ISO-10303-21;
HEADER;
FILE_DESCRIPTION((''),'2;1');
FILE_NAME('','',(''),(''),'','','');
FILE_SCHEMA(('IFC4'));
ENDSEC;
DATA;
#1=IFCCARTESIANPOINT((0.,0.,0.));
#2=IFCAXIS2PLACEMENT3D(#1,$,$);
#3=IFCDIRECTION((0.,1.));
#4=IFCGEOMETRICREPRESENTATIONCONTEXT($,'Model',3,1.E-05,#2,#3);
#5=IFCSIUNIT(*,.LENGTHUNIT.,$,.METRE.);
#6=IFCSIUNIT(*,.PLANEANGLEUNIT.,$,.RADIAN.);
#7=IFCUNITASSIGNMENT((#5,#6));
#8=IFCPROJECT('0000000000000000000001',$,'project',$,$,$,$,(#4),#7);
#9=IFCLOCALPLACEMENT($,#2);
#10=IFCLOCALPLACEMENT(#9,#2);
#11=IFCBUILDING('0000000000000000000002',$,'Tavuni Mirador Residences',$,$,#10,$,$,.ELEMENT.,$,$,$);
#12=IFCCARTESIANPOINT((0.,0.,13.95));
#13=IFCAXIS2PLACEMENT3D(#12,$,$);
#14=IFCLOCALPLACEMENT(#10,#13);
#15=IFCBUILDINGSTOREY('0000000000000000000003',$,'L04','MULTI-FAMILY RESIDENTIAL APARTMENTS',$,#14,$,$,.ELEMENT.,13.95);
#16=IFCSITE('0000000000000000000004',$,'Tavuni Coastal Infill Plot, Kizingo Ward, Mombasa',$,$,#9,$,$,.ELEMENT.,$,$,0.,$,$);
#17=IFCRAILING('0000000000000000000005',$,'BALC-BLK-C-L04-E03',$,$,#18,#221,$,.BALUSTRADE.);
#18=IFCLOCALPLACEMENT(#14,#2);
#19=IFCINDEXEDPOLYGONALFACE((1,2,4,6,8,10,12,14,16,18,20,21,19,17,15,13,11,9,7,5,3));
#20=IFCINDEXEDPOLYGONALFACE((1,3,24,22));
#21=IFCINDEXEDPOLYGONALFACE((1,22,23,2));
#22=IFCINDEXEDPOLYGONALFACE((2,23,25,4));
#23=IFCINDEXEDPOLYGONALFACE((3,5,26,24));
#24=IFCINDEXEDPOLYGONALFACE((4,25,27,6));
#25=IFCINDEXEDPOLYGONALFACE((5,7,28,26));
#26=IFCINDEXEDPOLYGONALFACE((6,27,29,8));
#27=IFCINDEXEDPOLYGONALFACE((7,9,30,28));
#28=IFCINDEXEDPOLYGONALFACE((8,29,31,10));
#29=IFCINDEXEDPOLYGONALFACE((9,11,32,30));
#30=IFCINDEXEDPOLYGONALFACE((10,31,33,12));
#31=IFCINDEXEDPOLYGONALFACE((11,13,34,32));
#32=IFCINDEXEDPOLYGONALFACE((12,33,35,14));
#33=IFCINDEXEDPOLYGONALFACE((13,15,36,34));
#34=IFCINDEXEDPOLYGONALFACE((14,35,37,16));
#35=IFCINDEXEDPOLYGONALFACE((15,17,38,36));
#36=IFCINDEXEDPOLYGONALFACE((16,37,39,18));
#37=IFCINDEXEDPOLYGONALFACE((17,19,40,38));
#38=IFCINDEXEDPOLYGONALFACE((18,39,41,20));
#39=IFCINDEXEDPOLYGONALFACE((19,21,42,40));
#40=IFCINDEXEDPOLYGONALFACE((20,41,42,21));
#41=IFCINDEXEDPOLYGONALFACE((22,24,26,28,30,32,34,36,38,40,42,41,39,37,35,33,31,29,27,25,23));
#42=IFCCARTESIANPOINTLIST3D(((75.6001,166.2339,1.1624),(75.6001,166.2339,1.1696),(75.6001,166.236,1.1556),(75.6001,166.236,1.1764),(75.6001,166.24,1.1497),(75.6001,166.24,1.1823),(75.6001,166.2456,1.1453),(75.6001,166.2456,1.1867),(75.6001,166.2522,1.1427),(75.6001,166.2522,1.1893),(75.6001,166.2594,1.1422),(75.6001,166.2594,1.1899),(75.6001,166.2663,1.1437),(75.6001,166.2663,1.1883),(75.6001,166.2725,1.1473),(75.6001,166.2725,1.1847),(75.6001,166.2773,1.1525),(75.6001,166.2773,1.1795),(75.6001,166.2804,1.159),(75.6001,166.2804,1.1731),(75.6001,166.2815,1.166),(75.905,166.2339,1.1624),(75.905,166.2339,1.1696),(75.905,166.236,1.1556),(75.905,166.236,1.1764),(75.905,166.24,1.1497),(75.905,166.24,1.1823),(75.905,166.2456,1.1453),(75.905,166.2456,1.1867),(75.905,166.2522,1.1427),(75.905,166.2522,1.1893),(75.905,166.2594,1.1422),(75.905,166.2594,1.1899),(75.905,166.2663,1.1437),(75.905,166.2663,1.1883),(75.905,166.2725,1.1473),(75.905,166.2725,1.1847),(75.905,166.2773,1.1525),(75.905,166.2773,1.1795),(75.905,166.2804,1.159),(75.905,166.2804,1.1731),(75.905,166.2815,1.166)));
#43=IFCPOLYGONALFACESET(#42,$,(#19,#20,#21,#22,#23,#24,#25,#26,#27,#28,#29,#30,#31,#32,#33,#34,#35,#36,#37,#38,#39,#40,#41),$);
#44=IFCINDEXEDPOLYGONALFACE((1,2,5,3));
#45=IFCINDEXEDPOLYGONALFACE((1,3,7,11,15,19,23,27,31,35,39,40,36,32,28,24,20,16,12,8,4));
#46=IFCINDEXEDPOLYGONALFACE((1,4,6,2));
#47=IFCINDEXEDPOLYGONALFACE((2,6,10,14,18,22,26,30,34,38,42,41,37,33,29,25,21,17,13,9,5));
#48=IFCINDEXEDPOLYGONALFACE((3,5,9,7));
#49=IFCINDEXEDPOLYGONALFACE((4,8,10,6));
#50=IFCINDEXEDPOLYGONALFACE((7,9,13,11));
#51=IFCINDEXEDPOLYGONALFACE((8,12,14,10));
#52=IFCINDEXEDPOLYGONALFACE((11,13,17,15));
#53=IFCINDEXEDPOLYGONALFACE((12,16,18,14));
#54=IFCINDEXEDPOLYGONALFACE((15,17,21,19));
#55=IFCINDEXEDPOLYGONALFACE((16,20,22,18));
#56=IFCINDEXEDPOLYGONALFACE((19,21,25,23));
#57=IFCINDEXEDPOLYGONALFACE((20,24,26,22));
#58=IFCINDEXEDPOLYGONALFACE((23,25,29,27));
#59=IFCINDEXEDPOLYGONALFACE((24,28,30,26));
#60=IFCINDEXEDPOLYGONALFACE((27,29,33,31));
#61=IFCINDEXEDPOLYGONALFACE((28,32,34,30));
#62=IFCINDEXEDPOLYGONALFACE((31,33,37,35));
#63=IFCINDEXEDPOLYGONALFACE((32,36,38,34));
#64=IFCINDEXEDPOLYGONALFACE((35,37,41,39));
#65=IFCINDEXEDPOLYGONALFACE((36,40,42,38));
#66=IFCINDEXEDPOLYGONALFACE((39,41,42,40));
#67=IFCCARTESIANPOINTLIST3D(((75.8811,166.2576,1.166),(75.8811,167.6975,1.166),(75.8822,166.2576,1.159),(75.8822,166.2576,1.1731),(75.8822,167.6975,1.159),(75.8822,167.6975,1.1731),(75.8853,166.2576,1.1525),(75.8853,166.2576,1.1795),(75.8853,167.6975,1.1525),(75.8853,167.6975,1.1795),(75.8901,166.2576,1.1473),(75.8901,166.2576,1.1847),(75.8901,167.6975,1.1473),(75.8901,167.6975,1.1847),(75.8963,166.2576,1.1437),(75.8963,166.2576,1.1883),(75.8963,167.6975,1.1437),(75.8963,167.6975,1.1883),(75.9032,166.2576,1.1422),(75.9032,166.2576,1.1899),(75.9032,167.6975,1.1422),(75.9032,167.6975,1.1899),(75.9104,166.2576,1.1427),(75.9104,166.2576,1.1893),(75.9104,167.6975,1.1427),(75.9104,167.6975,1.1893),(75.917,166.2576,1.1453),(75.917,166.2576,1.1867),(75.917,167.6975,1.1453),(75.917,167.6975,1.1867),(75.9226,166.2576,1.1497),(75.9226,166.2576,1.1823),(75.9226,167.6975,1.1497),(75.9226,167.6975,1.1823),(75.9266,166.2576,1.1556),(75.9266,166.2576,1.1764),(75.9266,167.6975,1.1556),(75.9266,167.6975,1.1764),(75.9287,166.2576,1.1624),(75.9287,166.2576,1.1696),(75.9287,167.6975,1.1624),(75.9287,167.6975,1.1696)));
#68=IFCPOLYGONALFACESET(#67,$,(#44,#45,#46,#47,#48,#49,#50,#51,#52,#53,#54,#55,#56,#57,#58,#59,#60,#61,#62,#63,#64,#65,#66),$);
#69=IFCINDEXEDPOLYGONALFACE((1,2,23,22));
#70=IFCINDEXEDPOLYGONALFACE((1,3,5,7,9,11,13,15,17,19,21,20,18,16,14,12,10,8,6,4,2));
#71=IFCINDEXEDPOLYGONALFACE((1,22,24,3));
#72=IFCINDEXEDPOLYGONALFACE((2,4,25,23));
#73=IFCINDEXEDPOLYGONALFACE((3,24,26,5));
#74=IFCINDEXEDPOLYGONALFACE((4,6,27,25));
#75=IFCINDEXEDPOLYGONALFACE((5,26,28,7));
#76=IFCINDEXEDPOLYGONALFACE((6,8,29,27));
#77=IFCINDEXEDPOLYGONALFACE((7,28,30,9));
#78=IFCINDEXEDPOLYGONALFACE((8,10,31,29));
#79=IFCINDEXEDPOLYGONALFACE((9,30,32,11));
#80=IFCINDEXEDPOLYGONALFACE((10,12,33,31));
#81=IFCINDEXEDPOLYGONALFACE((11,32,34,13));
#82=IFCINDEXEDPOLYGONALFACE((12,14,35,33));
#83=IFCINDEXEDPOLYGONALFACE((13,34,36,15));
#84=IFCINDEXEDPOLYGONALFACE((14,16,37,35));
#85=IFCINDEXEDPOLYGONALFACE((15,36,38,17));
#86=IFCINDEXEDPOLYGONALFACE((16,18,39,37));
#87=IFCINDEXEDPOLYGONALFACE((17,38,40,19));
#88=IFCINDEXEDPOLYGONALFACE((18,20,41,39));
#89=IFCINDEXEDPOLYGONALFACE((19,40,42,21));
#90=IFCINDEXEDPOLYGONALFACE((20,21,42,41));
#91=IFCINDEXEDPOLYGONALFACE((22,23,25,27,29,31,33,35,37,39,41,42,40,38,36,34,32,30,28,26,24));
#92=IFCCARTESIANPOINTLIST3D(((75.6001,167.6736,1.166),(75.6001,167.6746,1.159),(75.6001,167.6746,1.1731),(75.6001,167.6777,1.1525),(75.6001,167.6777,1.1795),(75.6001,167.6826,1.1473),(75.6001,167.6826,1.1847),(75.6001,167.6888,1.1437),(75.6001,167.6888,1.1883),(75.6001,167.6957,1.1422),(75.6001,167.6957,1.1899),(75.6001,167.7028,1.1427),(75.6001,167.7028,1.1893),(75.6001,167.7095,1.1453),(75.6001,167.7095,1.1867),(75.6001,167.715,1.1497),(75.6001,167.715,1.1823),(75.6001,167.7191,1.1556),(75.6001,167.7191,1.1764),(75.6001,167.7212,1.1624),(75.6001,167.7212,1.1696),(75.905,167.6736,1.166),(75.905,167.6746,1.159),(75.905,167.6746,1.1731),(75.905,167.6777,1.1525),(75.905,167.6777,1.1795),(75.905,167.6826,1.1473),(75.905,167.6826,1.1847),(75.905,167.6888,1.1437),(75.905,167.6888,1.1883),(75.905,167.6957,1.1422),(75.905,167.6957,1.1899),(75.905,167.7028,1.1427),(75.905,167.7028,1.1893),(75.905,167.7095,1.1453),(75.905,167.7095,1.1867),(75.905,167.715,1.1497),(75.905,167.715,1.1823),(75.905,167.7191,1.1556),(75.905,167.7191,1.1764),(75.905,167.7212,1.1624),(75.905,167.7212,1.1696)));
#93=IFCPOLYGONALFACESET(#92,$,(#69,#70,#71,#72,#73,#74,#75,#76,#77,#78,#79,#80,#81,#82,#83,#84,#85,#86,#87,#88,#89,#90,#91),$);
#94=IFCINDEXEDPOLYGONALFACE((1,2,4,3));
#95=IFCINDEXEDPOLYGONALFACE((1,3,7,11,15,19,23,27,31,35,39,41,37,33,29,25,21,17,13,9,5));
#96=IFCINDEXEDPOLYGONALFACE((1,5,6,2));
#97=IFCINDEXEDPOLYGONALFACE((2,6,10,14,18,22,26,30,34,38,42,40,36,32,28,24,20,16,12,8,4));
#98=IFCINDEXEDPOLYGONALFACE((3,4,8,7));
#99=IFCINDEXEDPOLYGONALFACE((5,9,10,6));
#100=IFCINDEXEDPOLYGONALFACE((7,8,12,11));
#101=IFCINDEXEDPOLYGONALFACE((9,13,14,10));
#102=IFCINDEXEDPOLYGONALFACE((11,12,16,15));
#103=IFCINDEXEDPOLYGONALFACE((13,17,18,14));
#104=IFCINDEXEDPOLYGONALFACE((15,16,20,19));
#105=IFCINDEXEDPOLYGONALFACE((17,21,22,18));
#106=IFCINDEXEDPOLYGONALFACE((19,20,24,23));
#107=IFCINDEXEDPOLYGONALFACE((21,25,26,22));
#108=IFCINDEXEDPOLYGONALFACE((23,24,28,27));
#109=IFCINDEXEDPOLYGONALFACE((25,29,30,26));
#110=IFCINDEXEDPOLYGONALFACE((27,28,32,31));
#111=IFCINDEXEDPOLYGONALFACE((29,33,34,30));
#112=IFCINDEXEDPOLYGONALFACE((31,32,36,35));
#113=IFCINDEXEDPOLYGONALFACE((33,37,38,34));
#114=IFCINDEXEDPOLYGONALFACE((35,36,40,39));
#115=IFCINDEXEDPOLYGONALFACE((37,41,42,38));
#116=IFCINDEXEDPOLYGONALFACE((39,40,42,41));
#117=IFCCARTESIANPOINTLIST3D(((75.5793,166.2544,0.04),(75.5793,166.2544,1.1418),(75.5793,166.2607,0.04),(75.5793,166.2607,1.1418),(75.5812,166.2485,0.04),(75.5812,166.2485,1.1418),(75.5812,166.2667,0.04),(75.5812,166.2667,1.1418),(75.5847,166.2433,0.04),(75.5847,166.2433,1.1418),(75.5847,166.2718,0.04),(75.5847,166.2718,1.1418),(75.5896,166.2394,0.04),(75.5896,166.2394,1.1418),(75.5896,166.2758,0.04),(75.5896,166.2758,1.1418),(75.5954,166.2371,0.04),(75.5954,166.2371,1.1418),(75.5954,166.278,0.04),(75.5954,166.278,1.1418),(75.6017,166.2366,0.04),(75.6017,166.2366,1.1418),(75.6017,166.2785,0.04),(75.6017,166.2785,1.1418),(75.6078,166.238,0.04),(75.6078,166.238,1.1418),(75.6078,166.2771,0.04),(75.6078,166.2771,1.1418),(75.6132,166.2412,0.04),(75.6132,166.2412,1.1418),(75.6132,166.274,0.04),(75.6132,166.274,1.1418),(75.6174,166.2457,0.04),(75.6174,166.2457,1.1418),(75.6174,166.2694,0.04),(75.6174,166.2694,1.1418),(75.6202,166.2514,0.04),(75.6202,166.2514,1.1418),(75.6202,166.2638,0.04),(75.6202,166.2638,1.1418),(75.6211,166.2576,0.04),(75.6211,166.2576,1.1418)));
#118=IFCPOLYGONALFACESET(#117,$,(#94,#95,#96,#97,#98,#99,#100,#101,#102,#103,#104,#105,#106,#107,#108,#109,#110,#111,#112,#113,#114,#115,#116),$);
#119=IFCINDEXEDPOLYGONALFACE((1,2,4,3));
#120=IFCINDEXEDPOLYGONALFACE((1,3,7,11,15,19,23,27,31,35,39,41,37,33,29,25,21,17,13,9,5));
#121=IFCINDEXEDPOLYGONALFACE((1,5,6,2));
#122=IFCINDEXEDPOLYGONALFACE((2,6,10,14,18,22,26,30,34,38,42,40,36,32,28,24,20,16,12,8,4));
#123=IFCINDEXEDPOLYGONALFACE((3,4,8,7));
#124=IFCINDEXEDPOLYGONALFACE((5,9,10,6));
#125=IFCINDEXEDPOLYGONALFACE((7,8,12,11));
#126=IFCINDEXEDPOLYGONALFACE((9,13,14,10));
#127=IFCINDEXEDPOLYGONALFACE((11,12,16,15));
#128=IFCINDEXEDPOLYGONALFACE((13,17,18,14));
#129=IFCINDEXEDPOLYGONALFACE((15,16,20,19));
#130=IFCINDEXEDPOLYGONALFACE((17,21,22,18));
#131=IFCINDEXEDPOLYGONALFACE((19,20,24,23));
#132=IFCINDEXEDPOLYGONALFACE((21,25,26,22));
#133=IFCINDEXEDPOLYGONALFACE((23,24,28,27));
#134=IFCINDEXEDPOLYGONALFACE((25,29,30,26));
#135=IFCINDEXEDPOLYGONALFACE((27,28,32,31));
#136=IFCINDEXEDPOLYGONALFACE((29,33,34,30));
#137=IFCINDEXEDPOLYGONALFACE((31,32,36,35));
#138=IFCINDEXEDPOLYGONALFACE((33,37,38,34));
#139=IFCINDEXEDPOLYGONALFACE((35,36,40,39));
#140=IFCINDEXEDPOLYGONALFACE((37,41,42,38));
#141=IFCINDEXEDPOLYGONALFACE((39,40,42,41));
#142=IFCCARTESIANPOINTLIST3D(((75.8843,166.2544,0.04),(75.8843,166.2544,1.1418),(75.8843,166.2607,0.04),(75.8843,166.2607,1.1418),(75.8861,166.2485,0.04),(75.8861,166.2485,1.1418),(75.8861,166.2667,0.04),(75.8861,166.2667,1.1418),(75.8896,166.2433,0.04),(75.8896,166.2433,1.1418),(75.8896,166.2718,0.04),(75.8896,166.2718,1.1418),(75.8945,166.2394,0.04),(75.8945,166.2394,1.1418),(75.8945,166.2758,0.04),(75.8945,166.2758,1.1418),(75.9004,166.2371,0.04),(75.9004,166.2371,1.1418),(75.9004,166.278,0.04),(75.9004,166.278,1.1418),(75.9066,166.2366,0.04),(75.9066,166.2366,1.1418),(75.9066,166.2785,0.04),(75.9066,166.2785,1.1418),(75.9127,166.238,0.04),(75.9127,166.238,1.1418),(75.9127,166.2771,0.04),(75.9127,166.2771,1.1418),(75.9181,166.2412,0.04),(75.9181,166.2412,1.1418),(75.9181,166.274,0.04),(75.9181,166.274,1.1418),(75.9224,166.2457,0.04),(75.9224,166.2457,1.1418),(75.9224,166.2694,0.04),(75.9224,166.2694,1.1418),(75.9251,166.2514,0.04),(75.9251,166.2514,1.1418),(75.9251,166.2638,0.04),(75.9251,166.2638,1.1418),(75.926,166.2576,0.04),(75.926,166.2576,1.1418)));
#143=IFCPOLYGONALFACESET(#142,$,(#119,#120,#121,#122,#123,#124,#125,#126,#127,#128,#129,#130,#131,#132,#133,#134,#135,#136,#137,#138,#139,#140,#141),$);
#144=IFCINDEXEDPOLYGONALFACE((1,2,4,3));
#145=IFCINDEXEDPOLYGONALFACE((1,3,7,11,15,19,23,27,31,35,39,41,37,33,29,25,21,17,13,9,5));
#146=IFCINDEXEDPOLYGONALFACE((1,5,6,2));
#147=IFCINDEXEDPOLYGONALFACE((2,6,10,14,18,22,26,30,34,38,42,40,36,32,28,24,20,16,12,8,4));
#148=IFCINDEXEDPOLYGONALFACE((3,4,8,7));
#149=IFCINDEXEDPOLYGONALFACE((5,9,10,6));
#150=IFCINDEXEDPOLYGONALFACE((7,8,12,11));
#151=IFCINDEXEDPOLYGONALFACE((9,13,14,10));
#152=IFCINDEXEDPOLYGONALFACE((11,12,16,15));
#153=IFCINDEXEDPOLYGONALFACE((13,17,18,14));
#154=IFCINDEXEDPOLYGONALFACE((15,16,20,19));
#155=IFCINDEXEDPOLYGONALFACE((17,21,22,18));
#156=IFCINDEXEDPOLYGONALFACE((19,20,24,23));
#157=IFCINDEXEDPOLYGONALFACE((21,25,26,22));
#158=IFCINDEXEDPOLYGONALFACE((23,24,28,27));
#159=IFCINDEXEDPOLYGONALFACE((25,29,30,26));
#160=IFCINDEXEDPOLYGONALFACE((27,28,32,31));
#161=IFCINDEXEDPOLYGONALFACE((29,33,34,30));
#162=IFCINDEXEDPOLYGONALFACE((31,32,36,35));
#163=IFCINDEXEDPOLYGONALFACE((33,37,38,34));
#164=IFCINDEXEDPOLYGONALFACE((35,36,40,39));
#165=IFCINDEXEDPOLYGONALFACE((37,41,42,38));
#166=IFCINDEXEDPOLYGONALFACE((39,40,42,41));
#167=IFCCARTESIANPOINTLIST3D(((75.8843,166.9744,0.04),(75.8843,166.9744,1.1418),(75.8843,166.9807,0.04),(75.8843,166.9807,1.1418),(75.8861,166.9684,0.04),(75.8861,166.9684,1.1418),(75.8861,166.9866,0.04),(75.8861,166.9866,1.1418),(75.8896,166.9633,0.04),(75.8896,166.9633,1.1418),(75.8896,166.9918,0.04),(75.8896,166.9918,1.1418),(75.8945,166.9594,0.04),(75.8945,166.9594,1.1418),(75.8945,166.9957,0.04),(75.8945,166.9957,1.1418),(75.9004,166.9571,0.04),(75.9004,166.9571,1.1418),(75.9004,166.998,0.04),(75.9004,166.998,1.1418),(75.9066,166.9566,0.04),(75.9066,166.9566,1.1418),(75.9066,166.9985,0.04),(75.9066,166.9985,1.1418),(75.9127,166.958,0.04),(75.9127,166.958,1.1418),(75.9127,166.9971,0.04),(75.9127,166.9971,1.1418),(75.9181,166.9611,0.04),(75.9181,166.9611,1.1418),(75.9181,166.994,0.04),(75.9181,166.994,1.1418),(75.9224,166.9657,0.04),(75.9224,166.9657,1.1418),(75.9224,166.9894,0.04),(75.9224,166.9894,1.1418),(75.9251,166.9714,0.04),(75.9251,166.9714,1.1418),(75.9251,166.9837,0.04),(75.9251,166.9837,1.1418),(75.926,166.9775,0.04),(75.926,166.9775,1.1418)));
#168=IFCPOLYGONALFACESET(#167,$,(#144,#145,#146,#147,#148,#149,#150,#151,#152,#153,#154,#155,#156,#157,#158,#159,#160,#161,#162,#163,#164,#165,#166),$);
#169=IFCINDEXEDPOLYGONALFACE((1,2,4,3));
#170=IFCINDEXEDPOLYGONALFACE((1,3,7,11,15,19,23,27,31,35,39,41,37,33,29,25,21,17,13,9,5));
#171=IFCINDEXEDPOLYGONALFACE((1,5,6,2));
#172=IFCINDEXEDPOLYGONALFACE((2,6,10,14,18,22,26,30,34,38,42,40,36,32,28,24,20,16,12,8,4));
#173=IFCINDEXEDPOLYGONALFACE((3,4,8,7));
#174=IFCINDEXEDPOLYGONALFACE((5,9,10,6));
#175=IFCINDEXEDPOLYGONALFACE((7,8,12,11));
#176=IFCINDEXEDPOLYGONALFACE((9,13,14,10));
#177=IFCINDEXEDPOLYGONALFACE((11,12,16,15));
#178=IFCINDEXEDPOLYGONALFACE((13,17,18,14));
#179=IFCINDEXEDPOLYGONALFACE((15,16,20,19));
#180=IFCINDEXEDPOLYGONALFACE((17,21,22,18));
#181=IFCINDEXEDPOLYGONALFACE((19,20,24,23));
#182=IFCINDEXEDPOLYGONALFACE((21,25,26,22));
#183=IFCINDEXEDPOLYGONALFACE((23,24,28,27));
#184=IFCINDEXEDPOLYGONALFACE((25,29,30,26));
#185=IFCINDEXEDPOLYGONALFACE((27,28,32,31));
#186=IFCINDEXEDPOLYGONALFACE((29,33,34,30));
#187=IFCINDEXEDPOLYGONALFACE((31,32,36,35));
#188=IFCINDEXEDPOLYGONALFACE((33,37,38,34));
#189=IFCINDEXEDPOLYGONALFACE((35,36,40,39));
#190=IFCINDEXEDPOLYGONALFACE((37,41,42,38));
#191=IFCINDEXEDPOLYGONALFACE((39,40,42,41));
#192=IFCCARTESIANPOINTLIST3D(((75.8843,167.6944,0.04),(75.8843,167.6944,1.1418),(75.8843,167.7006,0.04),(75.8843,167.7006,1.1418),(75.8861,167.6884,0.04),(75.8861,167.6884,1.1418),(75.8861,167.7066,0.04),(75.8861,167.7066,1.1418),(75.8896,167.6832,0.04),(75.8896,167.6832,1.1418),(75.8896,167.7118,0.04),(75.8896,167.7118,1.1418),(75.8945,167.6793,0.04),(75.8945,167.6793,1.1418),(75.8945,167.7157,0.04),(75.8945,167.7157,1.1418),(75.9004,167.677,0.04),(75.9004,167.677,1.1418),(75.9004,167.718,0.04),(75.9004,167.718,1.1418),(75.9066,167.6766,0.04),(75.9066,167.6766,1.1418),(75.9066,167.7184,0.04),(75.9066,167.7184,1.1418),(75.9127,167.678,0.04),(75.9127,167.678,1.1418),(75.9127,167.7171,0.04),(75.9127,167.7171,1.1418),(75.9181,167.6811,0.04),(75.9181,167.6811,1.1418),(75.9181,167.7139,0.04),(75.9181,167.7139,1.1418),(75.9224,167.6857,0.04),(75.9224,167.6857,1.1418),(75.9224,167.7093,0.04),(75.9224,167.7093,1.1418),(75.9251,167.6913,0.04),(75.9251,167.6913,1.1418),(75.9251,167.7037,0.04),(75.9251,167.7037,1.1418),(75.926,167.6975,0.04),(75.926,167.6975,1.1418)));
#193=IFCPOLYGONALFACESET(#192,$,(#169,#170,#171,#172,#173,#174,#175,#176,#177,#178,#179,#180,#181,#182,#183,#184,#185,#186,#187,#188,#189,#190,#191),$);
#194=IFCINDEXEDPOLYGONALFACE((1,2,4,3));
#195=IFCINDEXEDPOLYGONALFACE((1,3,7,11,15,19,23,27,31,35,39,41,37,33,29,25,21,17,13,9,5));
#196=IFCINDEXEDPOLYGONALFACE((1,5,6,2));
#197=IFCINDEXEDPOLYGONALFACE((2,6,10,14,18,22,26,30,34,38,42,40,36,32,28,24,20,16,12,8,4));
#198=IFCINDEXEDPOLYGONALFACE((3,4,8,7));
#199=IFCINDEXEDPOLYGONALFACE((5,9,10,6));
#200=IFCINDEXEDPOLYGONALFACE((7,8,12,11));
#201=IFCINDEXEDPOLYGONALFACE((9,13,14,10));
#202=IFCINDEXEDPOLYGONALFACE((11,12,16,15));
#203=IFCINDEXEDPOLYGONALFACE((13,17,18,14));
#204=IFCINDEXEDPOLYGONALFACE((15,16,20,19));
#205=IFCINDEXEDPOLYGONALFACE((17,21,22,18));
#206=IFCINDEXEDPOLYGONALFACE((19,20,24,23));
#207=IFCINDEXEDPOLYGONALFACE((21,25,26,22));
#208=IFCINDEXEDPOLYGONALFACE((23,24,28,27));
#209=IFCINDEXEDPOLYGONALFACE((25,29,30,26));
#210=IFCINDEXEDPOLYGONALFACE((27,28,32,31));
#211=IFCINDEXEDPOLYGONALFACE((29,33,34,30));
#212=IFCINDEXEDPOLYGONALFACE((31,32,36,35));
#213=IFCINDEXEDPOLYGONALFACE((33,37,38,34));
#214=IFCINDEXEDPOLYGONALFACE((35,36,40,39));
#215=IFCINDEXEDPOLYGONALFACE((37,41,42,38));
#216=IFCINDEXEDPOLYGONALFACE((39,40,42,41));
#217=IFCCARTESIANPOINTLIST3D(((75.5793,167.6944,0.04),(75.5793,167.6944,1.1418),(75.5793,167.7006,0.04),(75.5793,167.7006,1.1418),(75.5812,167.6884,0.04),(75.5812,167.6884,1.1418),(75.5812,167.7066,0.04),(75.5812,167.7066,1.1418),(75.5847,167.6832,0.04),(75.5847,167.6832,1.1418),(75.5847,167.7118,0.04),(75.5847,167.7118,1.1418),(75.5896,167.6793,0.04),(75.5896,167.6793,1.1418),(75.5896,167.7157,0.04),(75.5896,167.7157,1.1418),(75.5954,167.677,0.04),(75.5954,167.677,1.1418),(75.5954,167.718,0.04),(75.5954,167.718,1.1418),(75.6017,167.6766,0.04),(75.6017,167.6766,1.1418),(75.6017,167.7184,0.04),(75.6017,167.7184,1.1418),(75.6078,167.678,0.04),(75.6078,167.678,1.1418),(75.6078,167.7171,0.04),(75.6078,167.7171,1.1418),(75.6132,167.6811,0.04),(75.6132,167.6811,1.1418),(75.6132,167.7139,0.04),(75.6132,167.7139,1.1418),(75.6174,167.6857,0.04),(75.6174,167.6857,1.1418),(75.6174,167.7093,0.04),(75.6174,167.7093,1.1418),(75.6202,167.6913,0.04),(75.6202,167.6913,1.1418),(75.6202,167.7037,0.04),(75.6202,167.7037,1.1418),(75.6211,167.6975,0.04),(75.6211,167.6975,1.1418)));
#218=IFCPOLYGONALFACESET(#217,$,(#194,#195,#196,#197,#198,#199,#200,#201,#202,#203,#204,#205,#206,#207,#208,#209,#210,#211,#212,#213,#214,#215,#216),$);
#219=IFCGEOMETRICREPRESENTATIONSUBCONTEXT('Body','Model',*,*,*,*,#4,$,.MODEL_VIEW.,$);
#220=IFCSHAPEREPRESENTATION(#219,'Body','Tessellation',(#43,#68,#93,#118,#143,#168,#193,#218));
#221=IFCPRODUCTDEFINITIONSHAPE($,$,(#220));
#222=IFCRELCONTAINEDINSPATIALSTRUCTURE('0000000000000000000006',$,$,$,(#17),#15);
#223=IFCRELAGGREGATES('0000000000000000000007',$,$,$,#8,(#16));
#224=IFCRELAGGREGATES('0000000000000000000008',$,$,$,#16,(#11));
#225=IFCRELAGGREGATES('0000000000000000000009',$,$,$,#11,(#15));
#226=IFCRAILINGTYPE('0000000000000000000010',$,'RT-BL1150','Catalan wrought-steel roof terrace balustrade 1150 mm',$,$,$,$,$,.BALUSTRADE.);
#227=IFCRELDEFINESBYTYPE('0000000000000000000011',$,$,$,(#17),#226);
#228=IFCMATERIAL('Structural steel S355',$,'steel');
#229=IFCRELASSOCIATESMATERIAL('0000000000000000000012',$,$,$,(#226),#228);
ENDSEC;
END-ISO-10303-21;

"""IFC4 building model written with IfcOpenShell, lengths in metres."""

from ifc_helpers import new_model, si_unit, direction, frame, origin, origin_2d, place, context, subcontext, project, spatial, circle, extrude, material, type_object, element, save


model = new_model("IFC4")

# Units and contexts
model_context = context("Model", 3, precision=1e-05, world=origin(), true_north=direction((0.0, 1.0)))
body_context = subcontext(model_context, "Body", "Model", "MODEL_VIEW")
ifc_project = project(units=[si_unit("LENGTHUNIT", "METRE"), si_unit("PLANEANGLEUNIT", "RADIAN")], contexts=[model_context])

# Site, building, storey
site_placement = place(None, origin())
site = spatial("IfcSite", under=ifc_project, at=site_placement, Name="Tavuni Coastal Infill Plot, Kizingo Ward, Mombasa", CompositionType="ELEMENT", RefElevation=0.0)
building_placement = place(site_placement, origin())
building = spatial("IfcBuilding", under=site, at=building_placement, Name="Tavuni Mirador Residences", CompositionType="ELEMENT")
storey_placement = place(building_placement, frame((0.0, 0.0, 13.95)))
storey = spatial("IfcBuildingStorey", under=building, at=storey_placement, Name="L04", Description="MULTI-FAMILY RESIDENTIAL APARTMENTS", CompositionType="ELEMENT", Elevation=13.95)

# Railing
ifc_material_1 = material(Name="Structural steel S355", Category="steel")
railing_type = type_object("IfcRailingType", Name="RT-BL1150", Description="Catalan wrought-steel roof terrace balustrade 1150 mm", PredefinedType="BALUSTRADE", material=ifc_material_1)
railing_placement = place(storey_placement, frame((75.6001, 166.2576, 0.04)))
element("IfcRailing", 1, at=railing_placement, inside=storey, type_object=railing_type, Name="BALC-BLK-C-L04-E03", PredefinedType="BALUSTRADE", context=body_context, shape_type="SweptSolid", body=[
    extrude(circle(Radius=0.0239, at=origin_2d()), frame((0.0, 0.0, 1.126), z_axis=(1.0, 0.0, 0.0), x_axis=(0.0, 1.0, 0.0)), (0.0, 0.0, 1.0), 0.3049),
    extrude(circle(Radius=0.0239, at=origin_2d()), frame((0.3049, 0.0, 1.126), z_axis=(0.0, 1.0, 0.0), x_axis=(-1.0, 0.0, 0.0)), (0.0, 0.0, 1.0), 1.4399),
    extrude(circle(Radius=0.0239, at=origin_2d()), frame((0.3049, 1.4399, 1.126), z_axis=(-1.0, 0.0, 0.0), x_axis=(0.0, -1.0, 0.0)), (0.0, 0.0, 1.0), 0.3049),
    extrude(circle(Radius=0.021, at=origin_2d()), origin(), (0.0, 0.0, 1.0), 1.1018),
    extrude(circle(Radius=0.021, at=origin_2d()), frame((0.3049, 0.0, 0.0)), (0.0, 0.0, 1.0), 1.1018),
    extrude(circle(Radius=0.021, at=origin_2d()), frame((0.3049, 0.72, 0.0)), (0.0, 0.0, 1.0), 1.1018),
    extrude(circle(Radius=0.021, at=origin_2d()), frame((0.3049, 1.4399, 0.0)), (0.0, 0.0, 1.0), 1.1018),
    extrude(circle(Radius=0.021, at=origin_2d()), frame((0.0, 1.4399, 0.0)), (0.0, 0.0, 1.0), 1.1018),
])

save(model, "model.ifc")
